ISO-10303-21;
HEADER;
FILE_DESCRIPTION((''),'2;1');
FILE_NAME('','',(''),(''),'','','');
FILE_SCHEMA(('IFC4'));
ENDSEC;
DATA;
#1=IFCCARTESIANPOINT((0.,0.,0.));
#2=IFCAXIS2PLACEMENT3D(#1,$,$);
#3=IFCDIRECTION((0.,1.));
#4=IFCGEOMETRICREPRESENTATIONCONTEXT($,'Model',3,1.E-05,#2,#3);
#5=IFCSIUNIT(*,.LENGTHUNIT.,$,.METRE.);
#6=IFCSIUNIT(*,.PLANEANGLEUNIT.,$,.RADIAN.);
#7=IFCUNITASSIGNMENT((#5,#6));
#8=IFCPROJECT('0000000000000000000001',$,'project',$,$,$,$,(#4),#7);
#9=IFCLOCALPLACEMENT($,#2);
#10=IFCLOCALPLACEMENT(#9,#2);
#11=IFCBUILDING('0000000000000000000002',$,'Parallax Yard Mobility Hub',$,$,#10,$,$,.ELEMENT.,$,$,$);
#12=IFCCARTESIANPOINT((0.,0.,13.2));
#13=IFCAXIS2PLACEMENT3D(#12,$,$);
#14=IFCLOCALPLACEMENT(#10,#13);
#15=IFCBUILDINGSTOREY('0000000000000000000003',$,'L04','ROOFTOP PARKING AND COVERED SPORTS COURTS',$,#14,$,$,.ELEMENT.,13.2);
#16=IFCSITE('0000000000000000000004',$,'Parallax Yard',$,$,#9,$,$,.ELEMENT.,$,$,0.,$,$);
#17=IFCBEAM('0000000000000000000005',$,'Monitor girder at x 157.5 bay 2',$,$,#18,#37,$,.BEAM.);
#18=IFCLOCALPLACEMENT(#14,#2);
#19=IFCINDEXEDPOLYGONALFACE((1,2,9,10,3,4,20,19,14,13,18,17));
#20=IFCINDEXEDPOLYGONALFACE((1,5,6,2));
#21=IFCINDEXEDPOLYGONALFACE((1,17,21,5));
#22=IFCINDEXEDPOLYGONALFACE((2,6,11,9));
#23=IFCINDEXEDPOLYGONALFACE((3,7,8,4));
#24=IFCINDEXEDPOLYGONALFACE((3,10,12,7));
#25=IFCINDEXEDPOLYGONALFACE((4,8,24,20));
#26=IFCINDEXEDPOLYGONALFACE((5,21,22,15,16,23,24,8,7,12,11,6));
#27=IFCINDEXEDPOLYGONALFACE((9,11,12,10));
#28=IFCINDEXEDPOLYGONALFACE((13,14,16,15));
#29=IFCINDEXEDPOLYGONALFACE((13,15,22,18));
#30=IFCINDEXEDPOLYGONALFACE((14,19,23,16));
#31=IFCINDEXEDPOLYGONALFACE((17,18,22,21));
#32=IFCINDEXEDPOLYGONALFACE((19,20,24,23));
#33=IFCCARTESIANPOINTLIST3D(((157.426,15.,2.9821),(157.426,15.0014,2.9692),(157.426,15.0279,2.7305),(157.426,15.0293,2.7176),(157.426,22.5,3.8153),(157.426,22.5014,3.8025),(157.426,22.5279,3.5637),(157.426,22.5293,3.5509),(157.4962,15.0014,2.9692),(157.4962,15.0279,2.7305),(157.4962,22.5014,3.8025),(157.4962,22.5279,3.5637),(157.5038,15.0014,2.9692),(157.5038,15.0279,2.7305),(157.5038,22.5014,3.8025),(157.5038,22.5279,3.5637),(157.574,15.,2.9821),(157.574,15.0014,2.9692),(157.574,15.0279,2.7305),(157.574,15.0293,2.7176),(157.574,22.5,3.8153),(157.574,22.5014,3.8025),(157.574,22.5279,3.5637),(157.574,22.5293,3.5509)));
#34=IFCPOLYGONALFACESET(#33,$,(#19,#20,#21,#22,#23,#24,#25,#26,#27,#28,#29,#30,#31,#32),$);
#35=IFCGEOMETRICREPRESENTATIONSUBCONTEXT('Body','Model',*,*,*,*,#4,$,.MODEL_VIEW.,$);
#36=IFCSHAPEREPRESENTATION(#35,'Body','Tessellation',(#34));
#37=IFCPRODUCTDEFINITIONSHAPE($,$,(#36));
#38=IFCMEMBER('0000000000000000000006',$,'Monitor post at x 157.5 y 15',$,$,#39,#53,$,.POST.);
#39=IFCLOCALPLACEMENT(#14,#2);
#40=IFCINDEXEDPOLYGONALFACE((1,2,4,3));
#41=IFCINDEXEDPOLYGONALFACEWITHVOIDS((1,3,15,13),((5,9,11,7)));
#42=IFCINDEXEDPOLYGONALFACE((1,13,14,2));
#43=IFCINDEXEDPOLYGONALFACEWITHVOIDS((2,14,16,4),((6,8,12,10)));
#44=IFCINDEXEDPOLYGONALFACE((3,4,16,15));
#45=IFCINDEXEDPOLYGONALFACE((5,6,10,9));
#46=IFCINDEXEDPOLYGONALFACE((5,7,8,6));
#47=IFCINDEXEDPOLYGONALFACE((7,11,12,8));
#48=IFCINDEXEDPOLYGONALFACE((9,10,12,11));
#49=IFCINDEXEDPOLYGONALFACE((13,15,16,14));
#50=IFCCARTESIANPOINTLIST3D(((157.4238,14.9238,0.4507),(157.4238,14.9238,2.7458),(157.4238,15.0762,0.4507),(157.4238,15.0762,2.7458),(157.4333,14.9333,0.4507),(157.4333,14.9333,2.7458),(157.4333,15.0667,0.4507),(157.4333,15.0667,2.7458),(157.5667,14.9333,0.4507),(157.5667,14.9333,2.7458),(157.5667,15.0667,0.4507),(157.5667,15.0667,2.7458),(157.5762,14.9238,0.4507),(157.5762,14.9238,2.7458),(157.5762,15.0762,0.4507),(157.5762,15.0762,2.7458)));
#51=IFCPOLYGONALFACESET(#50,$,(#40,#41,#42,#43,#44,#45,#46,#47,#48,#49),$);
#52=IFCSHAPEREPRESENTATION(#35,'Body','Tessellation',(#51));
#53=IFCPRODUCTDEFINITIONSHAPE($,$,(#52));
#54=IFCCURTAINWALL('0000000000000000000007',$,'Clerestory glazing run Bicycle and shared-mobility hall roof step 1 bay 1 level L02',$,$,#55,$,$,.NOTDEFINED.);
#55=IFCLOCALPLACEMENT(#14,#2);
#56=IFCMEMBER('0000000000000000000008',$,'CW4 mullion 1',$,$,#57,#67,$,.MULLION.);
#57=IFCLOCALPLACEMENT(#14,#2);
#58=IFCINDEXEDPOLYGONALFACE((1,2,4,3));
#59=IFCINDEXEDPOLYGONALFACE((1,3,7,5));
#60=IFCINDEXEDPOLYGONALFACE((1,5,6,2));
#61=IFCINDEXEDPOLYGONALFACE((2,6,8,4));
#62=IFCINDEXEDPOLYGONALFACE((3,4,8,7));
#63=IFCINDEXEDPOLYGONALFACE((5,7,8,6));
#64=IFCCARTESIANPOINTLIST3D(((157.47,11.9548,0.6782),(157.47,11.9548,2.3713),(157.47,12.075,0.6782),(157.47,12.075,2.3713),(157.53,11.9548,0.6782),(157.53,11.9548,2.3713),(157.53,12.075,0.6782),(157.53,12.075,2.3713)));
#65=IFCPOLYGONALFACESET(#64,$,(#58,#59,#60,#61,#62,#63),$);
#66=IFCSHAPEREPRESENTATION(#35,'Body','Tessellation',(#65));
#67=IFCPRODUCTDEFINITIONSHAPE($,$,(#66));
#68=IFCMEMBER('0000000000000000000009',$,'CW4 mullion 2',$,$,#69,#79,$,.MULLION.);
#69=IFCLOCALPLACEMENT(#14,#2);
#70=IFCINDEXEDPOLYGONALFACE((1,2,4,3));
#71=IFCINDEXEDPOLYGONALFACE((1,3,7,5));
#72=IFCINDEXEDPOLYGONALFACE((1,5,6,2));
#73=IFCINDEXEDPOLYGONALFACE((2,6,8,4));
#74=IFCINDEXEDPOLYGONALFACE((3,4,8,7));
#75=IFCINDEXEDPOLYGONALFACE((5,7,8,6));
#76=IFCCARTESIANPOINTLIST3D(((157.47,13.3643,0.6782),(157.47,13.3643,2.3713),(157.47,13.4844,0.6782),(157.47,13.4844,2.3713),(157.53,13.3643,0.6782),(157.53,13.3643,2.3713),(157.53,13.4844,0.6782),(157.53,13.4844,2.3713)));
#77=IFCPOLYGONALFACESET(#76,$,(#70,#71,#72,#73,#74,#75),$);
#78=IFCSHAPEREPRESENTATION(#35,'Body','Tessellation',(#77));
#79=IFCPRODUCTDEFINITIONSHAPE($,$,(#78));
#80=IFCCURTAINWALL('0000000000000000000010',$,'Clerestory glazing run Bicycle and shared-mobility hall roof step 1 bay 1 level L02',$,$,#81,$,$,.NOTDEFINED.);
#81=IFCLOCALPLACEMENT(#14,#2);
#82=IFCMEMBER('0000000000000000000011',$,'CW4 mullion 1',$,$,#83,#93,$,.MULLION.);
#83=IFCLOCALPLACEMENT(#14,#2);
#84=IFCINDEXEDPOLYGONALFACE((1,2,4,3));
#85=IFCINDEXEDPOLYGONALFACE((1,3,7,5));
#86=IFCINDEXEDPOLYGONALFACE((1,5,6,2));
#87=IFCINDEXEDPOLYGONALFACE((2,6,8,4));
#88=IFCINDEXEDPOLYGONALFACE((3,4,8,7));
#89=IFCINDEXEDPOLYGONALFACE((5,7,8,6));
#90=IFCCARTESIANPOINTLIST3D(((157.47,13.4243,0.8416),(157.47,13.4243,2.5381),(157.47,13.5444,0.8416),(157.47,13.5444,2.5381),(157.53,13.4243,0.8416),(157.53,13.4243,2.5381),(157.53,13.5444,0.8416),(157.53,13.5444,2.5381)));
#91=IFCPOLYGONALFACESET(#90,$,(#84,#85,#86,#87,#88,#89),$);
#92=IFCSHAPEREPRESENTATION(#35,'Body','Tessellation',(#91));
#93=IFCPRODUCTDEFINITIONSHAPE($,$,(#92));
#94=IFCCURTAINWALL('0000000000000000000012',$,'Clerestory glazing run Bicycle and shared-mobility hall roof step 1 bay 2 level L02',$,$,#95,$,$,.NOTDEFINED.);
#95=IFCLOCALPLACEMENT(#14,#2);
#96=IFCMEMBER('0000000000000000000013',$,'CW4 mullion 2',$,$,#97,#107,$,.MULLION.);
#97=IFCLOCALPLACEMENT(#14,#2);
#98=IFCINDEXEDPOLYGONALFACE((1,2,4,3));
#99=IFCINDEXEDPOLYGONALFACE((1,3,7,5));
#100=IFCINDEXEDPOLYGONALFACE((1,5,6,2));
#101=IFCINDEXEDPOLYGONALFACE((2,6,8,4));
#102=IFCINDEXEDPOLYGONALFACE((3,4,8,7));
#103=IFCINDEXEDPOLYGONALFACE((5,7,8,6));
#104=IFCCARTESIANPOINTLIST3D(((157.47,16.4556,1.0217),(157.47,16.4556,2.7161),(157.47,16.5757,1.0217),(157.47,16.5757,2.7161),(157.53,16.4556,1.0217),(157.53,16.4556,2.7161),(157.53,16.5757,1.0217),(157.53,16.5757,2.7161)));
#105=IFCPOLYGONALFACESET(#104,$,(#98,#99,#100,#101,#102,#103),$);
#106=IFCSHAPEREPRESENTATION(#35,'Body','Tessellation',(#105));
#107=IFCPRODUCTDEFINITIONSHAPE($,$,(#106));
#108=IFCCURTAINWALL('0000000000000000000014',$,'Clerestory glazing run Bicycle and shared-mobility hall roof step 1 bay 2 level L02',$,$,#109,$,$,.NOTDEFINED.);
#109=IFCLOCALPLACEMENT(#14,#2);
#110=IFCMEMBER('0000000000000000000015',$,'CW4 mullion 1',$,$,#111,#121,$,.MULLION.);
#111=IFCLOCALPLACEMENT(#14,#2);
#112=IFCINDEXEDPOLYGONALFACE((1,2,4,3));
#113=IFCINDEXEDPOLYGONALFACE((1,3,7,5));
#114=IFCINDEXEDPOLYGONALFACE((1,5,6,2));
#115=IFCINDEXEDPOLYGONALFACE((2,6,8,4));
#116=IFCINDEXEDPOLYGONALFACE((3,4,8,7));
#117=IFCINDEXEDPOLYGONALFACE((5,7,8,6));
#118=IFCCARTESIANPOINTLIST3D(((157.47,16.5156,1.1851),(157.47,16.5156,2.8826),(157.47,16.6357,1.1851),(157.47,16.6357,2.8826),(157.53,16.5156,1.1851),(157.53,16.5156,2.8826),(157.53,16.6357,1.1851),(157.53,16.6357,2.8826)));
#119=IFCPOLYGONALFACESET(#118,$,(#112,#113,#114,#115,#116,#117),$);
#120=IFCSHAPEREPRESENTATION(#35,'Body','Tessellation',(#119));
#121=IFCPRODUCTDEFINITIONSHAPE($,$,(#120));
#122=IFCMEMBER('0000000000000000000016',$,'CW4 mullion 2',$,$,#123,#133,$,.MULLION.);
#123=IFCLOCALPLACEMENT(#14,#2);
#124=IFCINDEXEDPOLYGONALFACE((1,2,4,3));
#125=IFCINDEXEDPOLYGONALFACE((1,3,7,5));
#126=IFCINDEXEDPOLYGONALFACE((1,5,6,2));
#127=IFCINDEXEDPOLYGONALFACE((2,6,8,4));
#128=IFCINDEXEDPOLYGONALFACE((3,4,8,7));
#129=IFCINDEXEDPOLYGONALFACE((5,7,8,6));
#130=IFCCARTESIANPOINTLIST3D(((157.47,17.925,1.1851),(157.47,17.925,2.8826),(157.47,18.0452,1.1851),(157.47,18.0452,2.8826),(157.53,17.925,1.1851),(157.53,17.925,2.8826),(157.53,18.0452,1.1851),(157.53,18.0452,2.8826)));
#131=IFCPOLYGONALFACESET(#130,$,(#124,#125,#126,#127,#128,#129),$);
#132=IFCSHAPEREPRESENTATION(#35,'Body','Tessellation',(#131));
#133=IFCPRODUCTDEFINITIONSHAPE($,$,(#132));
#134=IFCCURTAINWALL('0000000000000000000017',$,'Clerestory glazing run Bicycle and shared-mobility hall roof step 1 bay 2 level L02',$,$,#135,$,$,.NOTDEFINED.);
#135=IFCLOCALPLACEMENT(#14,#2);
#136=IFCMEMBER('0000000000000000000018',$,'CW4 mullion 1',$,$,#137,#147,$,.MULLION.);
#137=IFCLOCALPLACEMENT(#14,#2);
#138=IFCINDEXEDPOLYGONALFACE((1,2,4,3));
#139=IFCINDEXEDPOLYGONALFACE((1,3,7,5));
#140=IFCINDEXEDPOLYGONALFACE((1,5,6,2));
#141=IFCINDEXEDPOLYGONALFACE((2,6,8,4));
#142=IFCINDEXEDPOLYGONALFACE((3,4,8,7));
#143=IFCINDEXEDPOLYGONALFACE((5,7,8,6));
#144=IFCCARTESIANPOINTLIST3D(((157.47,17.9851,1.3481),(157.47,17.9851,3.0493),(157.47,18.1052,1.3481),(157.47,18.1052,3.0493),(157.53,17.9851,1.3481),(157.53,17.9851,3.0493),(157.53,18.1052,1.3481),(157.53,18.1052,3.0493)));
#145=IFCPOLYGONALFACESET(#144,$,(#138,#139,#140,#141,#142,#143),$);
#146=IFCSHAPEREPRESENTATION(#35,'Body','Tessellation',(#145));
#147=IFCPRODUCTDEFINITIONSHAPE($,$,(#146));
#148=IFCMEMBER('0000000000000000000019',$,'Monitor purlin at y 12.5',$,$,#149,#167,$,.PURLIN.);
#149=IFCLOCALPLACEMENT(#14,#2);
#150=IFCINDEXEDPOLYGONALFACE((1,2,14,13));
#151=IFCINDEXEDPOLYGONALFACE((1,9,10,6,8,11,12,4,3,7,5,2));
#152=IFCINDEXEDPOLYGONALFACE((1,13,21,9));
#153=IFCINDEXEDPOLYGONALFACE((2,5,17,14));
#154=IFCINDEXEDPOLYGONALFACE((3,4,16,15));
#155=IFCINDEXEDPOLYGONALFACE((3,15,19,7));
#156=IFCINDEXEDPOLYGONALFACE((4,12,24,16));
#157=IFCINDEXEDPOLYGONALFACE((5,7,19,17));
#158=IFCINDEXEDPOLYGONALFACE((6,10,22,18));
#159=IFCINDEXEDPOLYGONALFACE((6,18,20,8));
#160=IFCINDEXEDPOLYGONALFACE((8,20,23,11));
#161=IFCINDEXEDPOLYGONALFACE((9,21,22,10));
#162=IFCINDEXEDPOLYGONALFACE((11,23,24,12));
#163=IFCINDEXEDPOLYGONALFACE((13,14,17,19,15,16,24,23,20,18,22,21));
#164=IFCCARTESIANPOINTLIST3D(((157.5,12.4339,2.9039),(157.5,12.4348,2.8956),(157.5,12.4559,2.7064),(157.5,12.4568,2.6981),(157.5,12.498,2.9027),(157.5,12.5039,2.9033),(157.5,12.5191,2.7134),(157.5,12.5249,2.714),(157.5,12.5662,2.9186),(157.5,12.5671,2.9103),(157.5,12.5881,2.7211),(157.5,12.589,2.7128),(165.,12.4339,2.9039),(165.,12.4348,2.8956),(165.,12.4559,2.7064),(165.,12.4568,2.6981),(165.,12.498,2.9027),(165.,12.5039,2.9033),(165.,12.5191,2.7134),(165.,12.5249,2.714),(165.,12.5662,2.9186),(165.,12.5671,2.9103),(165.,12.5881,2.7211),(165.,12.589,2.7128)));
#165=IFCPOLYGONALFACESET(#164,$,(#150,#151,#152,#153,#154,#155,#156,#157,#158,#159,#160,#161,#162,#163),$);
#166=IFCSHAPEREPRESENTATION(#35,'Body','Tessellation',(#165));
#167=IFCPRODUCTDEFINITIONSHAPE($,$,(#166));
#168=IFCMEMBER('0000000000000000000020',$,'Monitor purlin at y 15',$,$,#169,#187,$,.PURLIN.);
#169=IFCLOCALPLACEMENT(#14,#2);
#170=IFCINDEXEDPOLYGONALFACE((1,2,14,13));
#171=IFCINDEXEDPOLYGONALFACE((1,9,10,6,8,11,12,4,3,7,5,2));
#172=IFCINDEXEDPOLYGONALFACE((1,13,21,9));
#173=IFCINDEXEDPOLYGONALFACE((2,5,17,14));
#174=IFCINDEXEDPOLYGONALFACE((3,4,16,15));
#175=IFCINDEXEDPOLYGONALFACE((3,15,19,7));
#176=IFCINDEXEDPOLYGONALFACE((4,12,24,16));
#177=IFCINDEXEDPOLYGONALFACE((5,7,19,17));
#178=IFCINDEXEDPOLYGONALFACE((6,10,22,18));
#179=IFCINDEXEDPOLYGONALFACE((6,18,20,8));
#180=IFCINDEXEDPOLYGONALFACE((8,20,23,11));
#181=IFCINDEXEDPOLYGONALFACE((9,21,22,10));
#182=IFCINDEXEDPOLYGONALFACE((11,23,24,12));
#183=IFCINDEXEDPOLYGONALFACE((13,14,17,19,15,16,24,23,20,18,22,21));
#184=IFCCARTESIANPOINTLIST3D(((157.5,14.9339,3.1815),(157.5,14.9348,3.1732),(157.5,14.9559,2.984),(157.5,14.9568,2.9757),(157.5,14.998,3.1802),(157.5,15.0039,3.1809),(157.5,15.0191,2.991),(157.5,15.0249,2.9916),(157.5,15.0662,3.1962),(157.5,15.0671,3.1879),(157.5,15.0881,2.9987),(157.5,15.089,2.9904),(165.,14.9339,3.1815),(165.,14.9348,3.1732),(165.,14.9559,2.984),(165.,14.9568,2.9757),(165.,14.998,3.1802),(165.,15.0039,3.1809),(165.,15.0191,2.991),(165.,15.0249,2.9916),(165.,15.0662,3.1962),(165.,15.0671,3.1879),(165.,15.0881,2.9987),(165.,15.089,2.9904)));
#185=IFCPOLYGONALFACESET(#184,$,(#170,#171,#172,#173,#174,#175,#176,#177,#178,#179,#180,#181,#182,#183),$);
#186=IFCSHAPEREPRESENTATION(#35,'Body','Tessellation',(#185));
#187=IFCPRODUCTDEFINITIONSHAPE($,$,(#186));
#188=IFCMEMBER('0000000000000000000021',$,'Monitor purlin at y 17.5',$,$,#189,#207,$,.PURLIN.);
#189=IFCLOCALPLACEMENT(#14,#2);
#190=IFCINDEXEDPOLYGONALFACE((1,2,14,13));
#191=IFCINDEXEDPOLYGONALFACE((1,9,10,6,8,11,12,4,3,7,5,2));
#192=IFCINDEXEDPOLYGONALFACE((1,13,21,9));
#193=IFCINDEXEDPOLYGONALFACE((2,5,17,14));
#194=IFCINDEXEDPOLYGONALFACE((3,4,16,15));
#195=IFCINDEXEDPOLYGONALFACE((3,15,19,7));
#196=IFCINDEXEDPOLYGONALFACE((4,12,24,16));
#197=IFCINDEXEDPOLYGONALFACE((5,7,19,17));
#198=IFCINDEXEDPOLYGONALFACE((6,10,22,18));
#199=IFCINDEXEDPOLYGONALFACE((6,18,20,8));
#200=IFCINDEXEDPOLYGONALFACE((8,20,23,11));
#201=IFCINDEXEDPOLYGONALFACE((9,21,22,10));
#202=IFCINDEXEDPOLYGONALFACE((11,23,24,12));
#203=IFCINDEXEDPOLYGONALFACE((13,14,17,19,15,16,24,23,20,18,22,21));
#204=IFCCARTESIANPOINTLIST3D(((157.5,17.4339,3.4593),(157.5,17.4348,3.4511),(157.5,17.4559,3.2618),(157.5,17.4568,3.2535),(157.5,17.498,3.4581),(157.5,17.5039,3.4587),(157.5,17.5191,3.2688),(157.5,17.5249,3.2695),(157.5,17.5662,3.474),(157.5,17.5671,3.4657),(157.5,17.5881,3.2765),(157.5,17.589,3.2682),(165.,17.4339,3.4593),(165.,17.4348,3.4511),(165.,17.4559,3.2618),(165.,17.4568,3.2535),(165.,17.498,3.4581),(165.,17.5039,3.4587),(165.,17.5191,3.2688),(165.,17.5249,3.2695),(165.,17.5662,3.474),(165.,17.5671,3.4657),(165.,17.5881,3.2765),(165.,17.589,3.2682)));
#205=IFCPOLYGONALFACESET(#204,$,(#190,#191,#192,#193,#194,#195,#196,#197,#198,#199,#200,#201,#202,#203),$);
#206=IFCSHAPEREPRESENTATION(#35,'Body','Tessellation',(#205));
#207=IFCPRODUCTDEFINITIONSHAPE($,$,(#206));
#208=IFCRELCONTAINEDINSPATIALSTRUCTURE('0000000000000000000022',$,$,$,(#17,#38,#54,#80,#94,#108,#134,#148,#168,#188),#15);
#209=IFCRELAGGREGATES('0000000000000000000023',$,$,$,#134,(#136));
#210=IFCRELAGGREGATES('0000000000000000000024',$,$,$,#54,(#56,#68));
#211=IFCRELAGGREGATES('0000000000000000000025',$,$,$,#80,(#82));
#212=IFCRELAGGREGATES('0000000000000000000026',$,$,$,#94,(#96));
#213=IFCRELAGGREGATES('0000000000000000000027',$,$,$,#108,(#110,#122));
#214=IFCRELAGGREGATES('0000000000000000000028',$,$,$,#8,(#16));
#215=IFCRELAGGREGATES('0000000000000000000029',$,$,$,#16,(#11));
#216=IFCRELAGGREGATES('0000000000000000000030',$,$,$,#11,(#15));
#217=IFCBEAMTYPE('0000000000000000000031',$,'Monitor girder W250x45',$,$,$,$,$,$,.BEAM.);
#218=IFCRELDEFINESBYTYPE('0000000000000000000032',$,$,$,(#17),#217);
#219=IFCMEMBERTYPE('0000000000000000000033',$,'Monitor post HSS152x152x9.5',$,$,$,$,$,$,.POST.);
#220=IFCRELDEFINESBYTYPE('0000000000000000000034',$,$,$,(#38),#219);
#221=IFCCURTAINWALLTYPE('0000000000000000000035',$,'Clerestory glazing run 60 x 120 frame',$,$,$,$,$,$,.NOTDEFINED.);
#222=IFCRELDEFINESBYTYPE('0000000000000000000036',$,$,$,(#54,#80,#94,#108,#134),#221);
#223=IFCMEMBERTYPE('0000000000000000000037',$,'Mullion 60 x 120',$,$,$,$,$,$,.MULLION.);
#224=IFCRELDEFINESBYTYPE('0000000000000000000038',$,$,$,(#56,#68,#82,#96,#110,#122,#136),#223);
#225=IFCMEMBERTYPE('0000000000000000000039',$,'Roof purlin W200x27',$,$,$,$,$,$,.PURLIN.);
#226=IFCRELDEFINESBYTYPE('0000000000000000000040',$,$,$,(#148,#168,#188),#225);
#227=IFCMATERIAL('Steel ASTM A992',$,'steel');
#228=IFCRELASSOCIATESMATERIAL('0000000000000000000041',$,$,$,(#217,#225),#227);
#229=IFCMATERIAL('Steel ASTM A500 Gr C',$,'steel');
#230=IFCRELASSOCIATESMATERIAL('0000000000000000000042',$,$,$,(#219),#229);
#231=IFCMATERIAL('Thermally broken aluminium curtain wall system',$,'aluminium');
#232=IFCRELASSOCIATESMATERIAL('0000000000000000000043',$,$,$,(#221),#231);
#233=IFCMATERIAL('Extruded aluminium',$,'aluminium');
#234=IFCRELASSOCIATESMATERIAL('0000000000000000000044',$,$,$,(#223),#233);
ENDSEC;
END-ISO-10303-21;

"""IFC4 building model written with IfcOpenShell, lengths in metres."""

from ifc_helpers import new_model, si_unit, direction, frame, origin, origin_2d, place, context, subcontext, project, spatial, rectangle, hollow_rectangle, i_section, extrude, material, material_profile, profile_set, type_object, element, aggregate, save


model = new_model("IFC4")

# Units and contexts
model_context = context("Model", 3, precision=1e-05, world=origin(), true_north=direction((0.0, 1.0)))
body_context = subcontext(model_context, "Body", "Model", "MODEL_VIEW")
ifc_project = project(units=[si_unit("LENGTHUNIT", "METRE"), si_unit("PLANEANGLEUNIT", "RADIAN")], contexts=[model_context])

# Site, building, storey
site_placement = place(None, origin())
site = spatial("IfcSite", under=ifc_project, at=site_placement, Name="Parallax Yard", CompositionType="ELEMENT", RefElevation=0.0)
building_placement = place(site_placement, origin())
building = spatial("IfcBuilding", under=site, at=building_placement, Name="Parallax Yard Mobility Hub", CompositionType="ELEMENT")
storey_placement = place(building_placement, frame((0.0, 0.0, 13.2)))
storey = spatial("IfcBuildingStorey", under=building, at=storey_placement, Name="L04", Description="ROOFTOP PARKING AND COVERED SPORTS COURTS", CompositionType="ELEMENT", Elevation=13.2)

# Beam
ifc_material_1 = material(Name="Steel ASTM A992", Category="steel")
ifc_material_profile_1 = material_profile(ifc_material_1, i_section(OverallWidth=0.1479, OverallDepth=0.2661, WebThickness=0.0076, FlangeThickness=0.0129, at=origin_2d()), Name="W250x45")
ifc_profile_set_1 = profile_set([ifc_material_profile_1], Name="Steel ASTM A992")
beam_type = type_object("IfcBeamType", Name="Monitor girder W250x45", PredefinedType="BEAM", material=ifc_profile_set_1)
beam_placement = place(storey_placement, frame((157.5, 15.0146, 2.8499), z_axis=(0.0, 0.993885, 0.110421), x_axis=(-1.0, 0.0, 0.0)))
element("IfcBeam", 1, at=beam_placement, inside=storey, type_object=beam_type, Name="Monitor girder at x 157.5 bay 2", PredefinedType="BEAM", context=body_context, shape_type="SweptSolid", body=[
    extrude(i_section(OverallWidth=0.1479, OverallDepth=0.2661, WebThickness=0.0076, FlangeThickness=0.0129, at=origin_2d()), origin(), (0.0, 0.0, 1.0), 7.5461),
])

# Member
ifc_material_2 = material(Name="Steel ASTM A500 Gr C", Category="steel")
ifc_material_profile_2 = material_profile(ifc_material_2, hollow_rectangle(XDim=0.1523, YDim=0.1523, WallThickness=0.0095, at=origin_2d()), Name="HSS152x152x9.5")
ifc_profile_set_2 = profile_set([ifc_material_profile_2], Name="Steel ASTM A500 Gr C")
member_type_1 = type_object("IfcMemberType", Name="Monitor post HSS152x152x9.5", PredefinedType="POST", material=ifc_profile_set_2)
member_1_placement = place(storey_placement, frame((157.5, 15.0, 0.4507), z_axis=(0.0, 0.0, 1.0), x_axis=(1.0, 0.0, 0.0)))
element("IfcMember", 2, at=member_1_placement, inside=storey, type_object=member_type_1, Name="Monitor post at x 157.5 y 15", PredefinedType="POST", context=body_context, shape_type="SweptSolid", body=[
    extrude(hollow_rectangle(XDim=0.1523, YDim=0.1523, WallThickness=0.0095, at=origin_2d()), origin(), (0.0, 0.0, 1.0), 2.2952),
])

# Curtain wall, members
ifc_material_3 = material(Name="Thermally broken aluminium curtain wall system", Category="aluminium")
curtain_wall_type = type_object("IfcCurtainWallType", Name="Clerestory glazing run 60 x 120 frame", PredefinedType="NOTDEFINED", material=ifc_material_3)
curtain_wall_1_placement = place(storey_placement, origin())
curtain_wall_1 = element("IfcCurtainWall", 3, at=curtain_wall_1_placement, inside=storey, type_object=curtain_wall_type, Name="Clerestory glazing run Bicycle and shared-mobility hall roof step 1 bay 1 level L02", PredefinedType="NOTDEFINED")
ifc_material_4 = material(Name="Extruded aluminium", Category="aluminium")
ifc_material_profile_3 = material_profile(ifc_material_4, rectangle(XDim=0.0601, YDim=0.1201, at=origin_2d()), Name="Mullion 60 x 120")
ifc_profile_set_3 = profile_set([ifc_material_profile_3], Name="Extruded aluminium")
member_type_2 = type_object("IfcMemberType", Name="Mullion 60 x 120", PredefinedType="MULLION", material=ifc_profile_set_3)
member_2_placement = place(storey_placement, frame((157.5, 12.0149, 0.6782), z_axis=(0.0, 0.0, 1.0), x_axis=(-1.0, 0.0, 0.0)))
member_2 = element("IfcMember", 4, at=member_2_placement, type_object=member_type_2, Name="CW4 mullion 1", PredefinedType="MULLION", context=body_context, shape_type="SweptSolid", body=[
    extrude(rectangle(XDim=0.0601, YDim=0.1201, at=origin_2d()), origin(), (0.0, 0.0, 1.0), 1.6931),
])
member_3_placement = place(storey_placement, frame((157.5, 13.4243, 0.6782), z_axis=(0.0, 0.0, 1.0), x_axis=(-1.0, 0.0, 0.0)))
member_3 = element("IfcMember", 5, at=member_3_placement, type_object=member_type_2, Name="CW4 mullion 2", PredefinedType="MULLION", context=body_context, shape_type="SweptSolid", body=[
    extrude(rectangle(XDim=0.0601, YDim=0.1201, at=origin_2d()), origin(), (0.0, 0.0, 1.0), 1.6931),
])

# Curtain walls, members
curtain_wall_2_placement = place(storey_placement, origin())
curtain_wall_2 = element("IfcCurtainWall", 6, at=curtain_wall_2_placement, inside=storey, type_object=curtain_wall_type, Name="Clerestory glazing run Bicycle and shared-mobility hall roof step 1 bay 1 level L02", PredefinedType="NOTDEFINED")
member_4_placement = place(storey_placement, frame((157.5, 13.4844, 0.8416), z_axis=(0.0, 0.0, 1.0), x_axis=(-1.0, 0.0, 0.0)))
member_4 = element("IfcMember", 7, at=member_4_placement, type_object=member_type_2, Name="CW4 mullion 1", PredefinedType="MULLION", context=body_context, shape_type="SweptSolid", body=[
    extrude(rectangle(XDim=0.0601, YDim=0.1201, at=origin_2d()), origin(), (0.0, 0.0, 1.0), 1.6965),
])
curtain_wall_3_placement = place(storey_placement, origin())
curtain_wall_3 = element("IfcCurtainWall", 8, at=curtain_wall_3_placement, inside=storey, type_object=curtain_wall_type, Name="Clerestory glazing run Bicycle and shared-mobility hall roof step 1 bay 2 level L02", PredefinedType="NOTDEFINED")
member_5_placement = place(storey_placement, frame((157.5, 16.5156, 1.0217), z_axis=(0.0, 0.0, 1.0), x_axis=(-1.0, 0.0, 0.0)))
member_5 = element("IfcMember", 9, at=member_5_placement, type_object=member_type_2, Name="CW4 mullion 2", PredefinedType="MULLION", context=body_context, shape_type="SweptSolid", body=[
    extrude(rectangle(XDim=0.0601, YDim=0.1201, at=origin_2d()), origin(), (0.0, 0.0, 1.0), 1.6943),
])

# Curtain wall, members
curtain_wall_4_placement = place(storey_placement, origin())
curtain_wall_4 = element("IfcCurtainWall", 10, at=curtain_wall_4_placement, inside=storey, type_object=curtain_wall_type, Name="Clerestory glazing run Bicycle and shared-mobility hall roof step 1 bay 2 level L02", PredefinedType="NOTDEFINED")
member_6_placement = place(storey_placement, frame((157.5, 16.5757, 1.1851), z_axis=(0.0, 0.0, 1.0), x_axis=(-1.0, 0.0, 0.0)))
member_6 = element("IfcMember", 11, at=member_6_placement, type_object=member_type_2, Name="CW4 mullion 1", PredefinedType="MULLION", context=body_context, shape_type="SweptSolid", body=[
    extrude(rectangle(XDim=0.0601, YDim=0.1201, at=origin_2d()), origin(), (0.0, 0.0, 1.0), 1.6975),
])
member_7_placement = place(storey_placement, frame((157.5, 17.9851, 1.1851), z_axis=(0.0, 0.0, 1.0), x_axis=(-1.0, 0.0, 0.0)))
member_7 = element("IfcMember", 12, at=member_7_placement, type_object=member_type_2, Name="CW4 mullion 2", PredefinedType="MULLION", context=body_context, shape_type="SweptSolid", body=[
    extrude(rectangle(XDim=0.0601, YDim=0.1201, at=origin_2d()), origin(), (0.0, 0.0, 1.0), 1.6975),
])

# Curtain wall, member
curtain_wall_5_placement = place(storey_placement, origin())
curtain_wall_5 = element("IfcCurtainWall", 13, at=curtain_wall_5_placement, inside=storey, type_object=curtain_wall_type, Name="Clerestory glazing run Bicycle and shared-mobility hall roof step 1 bay 2 level L02", PredefinedType="NOTDEFINED")
member_8_placement = place(storey_placement, frame((157.5, 18.0452, 1.3481), z_axis=(0.0, 0.0, 1.0), x_axis=(-1.0, 0.0, 0.0)))
member_8 = element("IfcMember", 14, at=member_8_placement, type_object=member_type_2, Name="CW4 mullion 1", PredefinedType="MULLION", context=body_context, shape_type="SweptSolid", body=[
    extrude(rectangle(XDim=0.0601, YDim=0.1201, at=origin_2d()), origin(), (0.0, 0.0, 1.0), 1.7012),
])

# Members
ifc_material_profile_4 = material_profile(ifc_material_1, i_section(OverallWidth=0.1331, OverallDepth=0.207, WebThickness=0.0059, FlangeThickness=0.0083, at=origin_2d()), Name="W200x27")
ifc_profile_set_4 = profile_set([ifc_material_profile_4], Name="Steel ASTM A992")
member_type_3 = type_object("IfcMemberType", Name="Roof purlin W200x27", PredefinedType="PURLIN", material=ifc_profile_set_4)
for number, where, z_axis, x_axis, name in (
    (15, (157.5, 12.5115, 2.8083), (1.0, 0.0, 0.0), (0.0, 0.993884, 0.110432), "Monitor purlin at y 12.5"),
    (16, (157.5, 15.0115, 3.0859), (1.0, 0.0, 0.0), (0.0, 0.993884, 0.110432), "Monitor purlin at y 15"),
    (17, (157.5, 17.5115, 3.3638), (1.0, 0.0, 0.0), (0.0, 0.993884, 0.110432), "Monitor purlin at y 17.5"),
):
    element("IfcMember", number, at=place(storey_placement, frame(where, z_axis=z_axis, x_axis=x_axis)), inside=storey, type_object=member_type_3, Name=name, PredefinedType="PURLIN", context=body_context, shape_type="SweptSolid", body=[
        extrude(i_section(OverallWidth=0.1331, OverallDepth=0.207, WebThickness=0.0059, FlangeThickness=0.0083, at=origin_2d()), origin(), (0.0, 0.0, 1.0), 7.5),
    ])

aggregate(curtain_wall_5, [member_8])

aggregate(curtain_wall_1, [member_2, member_3])
aggregate(curtain_wall_2, [member_4])
aggregate(curtain_wall_3, [member_5])
aggregate(curtain_wall_4, [member_6, member_7])

save(model, "model.ifc")
